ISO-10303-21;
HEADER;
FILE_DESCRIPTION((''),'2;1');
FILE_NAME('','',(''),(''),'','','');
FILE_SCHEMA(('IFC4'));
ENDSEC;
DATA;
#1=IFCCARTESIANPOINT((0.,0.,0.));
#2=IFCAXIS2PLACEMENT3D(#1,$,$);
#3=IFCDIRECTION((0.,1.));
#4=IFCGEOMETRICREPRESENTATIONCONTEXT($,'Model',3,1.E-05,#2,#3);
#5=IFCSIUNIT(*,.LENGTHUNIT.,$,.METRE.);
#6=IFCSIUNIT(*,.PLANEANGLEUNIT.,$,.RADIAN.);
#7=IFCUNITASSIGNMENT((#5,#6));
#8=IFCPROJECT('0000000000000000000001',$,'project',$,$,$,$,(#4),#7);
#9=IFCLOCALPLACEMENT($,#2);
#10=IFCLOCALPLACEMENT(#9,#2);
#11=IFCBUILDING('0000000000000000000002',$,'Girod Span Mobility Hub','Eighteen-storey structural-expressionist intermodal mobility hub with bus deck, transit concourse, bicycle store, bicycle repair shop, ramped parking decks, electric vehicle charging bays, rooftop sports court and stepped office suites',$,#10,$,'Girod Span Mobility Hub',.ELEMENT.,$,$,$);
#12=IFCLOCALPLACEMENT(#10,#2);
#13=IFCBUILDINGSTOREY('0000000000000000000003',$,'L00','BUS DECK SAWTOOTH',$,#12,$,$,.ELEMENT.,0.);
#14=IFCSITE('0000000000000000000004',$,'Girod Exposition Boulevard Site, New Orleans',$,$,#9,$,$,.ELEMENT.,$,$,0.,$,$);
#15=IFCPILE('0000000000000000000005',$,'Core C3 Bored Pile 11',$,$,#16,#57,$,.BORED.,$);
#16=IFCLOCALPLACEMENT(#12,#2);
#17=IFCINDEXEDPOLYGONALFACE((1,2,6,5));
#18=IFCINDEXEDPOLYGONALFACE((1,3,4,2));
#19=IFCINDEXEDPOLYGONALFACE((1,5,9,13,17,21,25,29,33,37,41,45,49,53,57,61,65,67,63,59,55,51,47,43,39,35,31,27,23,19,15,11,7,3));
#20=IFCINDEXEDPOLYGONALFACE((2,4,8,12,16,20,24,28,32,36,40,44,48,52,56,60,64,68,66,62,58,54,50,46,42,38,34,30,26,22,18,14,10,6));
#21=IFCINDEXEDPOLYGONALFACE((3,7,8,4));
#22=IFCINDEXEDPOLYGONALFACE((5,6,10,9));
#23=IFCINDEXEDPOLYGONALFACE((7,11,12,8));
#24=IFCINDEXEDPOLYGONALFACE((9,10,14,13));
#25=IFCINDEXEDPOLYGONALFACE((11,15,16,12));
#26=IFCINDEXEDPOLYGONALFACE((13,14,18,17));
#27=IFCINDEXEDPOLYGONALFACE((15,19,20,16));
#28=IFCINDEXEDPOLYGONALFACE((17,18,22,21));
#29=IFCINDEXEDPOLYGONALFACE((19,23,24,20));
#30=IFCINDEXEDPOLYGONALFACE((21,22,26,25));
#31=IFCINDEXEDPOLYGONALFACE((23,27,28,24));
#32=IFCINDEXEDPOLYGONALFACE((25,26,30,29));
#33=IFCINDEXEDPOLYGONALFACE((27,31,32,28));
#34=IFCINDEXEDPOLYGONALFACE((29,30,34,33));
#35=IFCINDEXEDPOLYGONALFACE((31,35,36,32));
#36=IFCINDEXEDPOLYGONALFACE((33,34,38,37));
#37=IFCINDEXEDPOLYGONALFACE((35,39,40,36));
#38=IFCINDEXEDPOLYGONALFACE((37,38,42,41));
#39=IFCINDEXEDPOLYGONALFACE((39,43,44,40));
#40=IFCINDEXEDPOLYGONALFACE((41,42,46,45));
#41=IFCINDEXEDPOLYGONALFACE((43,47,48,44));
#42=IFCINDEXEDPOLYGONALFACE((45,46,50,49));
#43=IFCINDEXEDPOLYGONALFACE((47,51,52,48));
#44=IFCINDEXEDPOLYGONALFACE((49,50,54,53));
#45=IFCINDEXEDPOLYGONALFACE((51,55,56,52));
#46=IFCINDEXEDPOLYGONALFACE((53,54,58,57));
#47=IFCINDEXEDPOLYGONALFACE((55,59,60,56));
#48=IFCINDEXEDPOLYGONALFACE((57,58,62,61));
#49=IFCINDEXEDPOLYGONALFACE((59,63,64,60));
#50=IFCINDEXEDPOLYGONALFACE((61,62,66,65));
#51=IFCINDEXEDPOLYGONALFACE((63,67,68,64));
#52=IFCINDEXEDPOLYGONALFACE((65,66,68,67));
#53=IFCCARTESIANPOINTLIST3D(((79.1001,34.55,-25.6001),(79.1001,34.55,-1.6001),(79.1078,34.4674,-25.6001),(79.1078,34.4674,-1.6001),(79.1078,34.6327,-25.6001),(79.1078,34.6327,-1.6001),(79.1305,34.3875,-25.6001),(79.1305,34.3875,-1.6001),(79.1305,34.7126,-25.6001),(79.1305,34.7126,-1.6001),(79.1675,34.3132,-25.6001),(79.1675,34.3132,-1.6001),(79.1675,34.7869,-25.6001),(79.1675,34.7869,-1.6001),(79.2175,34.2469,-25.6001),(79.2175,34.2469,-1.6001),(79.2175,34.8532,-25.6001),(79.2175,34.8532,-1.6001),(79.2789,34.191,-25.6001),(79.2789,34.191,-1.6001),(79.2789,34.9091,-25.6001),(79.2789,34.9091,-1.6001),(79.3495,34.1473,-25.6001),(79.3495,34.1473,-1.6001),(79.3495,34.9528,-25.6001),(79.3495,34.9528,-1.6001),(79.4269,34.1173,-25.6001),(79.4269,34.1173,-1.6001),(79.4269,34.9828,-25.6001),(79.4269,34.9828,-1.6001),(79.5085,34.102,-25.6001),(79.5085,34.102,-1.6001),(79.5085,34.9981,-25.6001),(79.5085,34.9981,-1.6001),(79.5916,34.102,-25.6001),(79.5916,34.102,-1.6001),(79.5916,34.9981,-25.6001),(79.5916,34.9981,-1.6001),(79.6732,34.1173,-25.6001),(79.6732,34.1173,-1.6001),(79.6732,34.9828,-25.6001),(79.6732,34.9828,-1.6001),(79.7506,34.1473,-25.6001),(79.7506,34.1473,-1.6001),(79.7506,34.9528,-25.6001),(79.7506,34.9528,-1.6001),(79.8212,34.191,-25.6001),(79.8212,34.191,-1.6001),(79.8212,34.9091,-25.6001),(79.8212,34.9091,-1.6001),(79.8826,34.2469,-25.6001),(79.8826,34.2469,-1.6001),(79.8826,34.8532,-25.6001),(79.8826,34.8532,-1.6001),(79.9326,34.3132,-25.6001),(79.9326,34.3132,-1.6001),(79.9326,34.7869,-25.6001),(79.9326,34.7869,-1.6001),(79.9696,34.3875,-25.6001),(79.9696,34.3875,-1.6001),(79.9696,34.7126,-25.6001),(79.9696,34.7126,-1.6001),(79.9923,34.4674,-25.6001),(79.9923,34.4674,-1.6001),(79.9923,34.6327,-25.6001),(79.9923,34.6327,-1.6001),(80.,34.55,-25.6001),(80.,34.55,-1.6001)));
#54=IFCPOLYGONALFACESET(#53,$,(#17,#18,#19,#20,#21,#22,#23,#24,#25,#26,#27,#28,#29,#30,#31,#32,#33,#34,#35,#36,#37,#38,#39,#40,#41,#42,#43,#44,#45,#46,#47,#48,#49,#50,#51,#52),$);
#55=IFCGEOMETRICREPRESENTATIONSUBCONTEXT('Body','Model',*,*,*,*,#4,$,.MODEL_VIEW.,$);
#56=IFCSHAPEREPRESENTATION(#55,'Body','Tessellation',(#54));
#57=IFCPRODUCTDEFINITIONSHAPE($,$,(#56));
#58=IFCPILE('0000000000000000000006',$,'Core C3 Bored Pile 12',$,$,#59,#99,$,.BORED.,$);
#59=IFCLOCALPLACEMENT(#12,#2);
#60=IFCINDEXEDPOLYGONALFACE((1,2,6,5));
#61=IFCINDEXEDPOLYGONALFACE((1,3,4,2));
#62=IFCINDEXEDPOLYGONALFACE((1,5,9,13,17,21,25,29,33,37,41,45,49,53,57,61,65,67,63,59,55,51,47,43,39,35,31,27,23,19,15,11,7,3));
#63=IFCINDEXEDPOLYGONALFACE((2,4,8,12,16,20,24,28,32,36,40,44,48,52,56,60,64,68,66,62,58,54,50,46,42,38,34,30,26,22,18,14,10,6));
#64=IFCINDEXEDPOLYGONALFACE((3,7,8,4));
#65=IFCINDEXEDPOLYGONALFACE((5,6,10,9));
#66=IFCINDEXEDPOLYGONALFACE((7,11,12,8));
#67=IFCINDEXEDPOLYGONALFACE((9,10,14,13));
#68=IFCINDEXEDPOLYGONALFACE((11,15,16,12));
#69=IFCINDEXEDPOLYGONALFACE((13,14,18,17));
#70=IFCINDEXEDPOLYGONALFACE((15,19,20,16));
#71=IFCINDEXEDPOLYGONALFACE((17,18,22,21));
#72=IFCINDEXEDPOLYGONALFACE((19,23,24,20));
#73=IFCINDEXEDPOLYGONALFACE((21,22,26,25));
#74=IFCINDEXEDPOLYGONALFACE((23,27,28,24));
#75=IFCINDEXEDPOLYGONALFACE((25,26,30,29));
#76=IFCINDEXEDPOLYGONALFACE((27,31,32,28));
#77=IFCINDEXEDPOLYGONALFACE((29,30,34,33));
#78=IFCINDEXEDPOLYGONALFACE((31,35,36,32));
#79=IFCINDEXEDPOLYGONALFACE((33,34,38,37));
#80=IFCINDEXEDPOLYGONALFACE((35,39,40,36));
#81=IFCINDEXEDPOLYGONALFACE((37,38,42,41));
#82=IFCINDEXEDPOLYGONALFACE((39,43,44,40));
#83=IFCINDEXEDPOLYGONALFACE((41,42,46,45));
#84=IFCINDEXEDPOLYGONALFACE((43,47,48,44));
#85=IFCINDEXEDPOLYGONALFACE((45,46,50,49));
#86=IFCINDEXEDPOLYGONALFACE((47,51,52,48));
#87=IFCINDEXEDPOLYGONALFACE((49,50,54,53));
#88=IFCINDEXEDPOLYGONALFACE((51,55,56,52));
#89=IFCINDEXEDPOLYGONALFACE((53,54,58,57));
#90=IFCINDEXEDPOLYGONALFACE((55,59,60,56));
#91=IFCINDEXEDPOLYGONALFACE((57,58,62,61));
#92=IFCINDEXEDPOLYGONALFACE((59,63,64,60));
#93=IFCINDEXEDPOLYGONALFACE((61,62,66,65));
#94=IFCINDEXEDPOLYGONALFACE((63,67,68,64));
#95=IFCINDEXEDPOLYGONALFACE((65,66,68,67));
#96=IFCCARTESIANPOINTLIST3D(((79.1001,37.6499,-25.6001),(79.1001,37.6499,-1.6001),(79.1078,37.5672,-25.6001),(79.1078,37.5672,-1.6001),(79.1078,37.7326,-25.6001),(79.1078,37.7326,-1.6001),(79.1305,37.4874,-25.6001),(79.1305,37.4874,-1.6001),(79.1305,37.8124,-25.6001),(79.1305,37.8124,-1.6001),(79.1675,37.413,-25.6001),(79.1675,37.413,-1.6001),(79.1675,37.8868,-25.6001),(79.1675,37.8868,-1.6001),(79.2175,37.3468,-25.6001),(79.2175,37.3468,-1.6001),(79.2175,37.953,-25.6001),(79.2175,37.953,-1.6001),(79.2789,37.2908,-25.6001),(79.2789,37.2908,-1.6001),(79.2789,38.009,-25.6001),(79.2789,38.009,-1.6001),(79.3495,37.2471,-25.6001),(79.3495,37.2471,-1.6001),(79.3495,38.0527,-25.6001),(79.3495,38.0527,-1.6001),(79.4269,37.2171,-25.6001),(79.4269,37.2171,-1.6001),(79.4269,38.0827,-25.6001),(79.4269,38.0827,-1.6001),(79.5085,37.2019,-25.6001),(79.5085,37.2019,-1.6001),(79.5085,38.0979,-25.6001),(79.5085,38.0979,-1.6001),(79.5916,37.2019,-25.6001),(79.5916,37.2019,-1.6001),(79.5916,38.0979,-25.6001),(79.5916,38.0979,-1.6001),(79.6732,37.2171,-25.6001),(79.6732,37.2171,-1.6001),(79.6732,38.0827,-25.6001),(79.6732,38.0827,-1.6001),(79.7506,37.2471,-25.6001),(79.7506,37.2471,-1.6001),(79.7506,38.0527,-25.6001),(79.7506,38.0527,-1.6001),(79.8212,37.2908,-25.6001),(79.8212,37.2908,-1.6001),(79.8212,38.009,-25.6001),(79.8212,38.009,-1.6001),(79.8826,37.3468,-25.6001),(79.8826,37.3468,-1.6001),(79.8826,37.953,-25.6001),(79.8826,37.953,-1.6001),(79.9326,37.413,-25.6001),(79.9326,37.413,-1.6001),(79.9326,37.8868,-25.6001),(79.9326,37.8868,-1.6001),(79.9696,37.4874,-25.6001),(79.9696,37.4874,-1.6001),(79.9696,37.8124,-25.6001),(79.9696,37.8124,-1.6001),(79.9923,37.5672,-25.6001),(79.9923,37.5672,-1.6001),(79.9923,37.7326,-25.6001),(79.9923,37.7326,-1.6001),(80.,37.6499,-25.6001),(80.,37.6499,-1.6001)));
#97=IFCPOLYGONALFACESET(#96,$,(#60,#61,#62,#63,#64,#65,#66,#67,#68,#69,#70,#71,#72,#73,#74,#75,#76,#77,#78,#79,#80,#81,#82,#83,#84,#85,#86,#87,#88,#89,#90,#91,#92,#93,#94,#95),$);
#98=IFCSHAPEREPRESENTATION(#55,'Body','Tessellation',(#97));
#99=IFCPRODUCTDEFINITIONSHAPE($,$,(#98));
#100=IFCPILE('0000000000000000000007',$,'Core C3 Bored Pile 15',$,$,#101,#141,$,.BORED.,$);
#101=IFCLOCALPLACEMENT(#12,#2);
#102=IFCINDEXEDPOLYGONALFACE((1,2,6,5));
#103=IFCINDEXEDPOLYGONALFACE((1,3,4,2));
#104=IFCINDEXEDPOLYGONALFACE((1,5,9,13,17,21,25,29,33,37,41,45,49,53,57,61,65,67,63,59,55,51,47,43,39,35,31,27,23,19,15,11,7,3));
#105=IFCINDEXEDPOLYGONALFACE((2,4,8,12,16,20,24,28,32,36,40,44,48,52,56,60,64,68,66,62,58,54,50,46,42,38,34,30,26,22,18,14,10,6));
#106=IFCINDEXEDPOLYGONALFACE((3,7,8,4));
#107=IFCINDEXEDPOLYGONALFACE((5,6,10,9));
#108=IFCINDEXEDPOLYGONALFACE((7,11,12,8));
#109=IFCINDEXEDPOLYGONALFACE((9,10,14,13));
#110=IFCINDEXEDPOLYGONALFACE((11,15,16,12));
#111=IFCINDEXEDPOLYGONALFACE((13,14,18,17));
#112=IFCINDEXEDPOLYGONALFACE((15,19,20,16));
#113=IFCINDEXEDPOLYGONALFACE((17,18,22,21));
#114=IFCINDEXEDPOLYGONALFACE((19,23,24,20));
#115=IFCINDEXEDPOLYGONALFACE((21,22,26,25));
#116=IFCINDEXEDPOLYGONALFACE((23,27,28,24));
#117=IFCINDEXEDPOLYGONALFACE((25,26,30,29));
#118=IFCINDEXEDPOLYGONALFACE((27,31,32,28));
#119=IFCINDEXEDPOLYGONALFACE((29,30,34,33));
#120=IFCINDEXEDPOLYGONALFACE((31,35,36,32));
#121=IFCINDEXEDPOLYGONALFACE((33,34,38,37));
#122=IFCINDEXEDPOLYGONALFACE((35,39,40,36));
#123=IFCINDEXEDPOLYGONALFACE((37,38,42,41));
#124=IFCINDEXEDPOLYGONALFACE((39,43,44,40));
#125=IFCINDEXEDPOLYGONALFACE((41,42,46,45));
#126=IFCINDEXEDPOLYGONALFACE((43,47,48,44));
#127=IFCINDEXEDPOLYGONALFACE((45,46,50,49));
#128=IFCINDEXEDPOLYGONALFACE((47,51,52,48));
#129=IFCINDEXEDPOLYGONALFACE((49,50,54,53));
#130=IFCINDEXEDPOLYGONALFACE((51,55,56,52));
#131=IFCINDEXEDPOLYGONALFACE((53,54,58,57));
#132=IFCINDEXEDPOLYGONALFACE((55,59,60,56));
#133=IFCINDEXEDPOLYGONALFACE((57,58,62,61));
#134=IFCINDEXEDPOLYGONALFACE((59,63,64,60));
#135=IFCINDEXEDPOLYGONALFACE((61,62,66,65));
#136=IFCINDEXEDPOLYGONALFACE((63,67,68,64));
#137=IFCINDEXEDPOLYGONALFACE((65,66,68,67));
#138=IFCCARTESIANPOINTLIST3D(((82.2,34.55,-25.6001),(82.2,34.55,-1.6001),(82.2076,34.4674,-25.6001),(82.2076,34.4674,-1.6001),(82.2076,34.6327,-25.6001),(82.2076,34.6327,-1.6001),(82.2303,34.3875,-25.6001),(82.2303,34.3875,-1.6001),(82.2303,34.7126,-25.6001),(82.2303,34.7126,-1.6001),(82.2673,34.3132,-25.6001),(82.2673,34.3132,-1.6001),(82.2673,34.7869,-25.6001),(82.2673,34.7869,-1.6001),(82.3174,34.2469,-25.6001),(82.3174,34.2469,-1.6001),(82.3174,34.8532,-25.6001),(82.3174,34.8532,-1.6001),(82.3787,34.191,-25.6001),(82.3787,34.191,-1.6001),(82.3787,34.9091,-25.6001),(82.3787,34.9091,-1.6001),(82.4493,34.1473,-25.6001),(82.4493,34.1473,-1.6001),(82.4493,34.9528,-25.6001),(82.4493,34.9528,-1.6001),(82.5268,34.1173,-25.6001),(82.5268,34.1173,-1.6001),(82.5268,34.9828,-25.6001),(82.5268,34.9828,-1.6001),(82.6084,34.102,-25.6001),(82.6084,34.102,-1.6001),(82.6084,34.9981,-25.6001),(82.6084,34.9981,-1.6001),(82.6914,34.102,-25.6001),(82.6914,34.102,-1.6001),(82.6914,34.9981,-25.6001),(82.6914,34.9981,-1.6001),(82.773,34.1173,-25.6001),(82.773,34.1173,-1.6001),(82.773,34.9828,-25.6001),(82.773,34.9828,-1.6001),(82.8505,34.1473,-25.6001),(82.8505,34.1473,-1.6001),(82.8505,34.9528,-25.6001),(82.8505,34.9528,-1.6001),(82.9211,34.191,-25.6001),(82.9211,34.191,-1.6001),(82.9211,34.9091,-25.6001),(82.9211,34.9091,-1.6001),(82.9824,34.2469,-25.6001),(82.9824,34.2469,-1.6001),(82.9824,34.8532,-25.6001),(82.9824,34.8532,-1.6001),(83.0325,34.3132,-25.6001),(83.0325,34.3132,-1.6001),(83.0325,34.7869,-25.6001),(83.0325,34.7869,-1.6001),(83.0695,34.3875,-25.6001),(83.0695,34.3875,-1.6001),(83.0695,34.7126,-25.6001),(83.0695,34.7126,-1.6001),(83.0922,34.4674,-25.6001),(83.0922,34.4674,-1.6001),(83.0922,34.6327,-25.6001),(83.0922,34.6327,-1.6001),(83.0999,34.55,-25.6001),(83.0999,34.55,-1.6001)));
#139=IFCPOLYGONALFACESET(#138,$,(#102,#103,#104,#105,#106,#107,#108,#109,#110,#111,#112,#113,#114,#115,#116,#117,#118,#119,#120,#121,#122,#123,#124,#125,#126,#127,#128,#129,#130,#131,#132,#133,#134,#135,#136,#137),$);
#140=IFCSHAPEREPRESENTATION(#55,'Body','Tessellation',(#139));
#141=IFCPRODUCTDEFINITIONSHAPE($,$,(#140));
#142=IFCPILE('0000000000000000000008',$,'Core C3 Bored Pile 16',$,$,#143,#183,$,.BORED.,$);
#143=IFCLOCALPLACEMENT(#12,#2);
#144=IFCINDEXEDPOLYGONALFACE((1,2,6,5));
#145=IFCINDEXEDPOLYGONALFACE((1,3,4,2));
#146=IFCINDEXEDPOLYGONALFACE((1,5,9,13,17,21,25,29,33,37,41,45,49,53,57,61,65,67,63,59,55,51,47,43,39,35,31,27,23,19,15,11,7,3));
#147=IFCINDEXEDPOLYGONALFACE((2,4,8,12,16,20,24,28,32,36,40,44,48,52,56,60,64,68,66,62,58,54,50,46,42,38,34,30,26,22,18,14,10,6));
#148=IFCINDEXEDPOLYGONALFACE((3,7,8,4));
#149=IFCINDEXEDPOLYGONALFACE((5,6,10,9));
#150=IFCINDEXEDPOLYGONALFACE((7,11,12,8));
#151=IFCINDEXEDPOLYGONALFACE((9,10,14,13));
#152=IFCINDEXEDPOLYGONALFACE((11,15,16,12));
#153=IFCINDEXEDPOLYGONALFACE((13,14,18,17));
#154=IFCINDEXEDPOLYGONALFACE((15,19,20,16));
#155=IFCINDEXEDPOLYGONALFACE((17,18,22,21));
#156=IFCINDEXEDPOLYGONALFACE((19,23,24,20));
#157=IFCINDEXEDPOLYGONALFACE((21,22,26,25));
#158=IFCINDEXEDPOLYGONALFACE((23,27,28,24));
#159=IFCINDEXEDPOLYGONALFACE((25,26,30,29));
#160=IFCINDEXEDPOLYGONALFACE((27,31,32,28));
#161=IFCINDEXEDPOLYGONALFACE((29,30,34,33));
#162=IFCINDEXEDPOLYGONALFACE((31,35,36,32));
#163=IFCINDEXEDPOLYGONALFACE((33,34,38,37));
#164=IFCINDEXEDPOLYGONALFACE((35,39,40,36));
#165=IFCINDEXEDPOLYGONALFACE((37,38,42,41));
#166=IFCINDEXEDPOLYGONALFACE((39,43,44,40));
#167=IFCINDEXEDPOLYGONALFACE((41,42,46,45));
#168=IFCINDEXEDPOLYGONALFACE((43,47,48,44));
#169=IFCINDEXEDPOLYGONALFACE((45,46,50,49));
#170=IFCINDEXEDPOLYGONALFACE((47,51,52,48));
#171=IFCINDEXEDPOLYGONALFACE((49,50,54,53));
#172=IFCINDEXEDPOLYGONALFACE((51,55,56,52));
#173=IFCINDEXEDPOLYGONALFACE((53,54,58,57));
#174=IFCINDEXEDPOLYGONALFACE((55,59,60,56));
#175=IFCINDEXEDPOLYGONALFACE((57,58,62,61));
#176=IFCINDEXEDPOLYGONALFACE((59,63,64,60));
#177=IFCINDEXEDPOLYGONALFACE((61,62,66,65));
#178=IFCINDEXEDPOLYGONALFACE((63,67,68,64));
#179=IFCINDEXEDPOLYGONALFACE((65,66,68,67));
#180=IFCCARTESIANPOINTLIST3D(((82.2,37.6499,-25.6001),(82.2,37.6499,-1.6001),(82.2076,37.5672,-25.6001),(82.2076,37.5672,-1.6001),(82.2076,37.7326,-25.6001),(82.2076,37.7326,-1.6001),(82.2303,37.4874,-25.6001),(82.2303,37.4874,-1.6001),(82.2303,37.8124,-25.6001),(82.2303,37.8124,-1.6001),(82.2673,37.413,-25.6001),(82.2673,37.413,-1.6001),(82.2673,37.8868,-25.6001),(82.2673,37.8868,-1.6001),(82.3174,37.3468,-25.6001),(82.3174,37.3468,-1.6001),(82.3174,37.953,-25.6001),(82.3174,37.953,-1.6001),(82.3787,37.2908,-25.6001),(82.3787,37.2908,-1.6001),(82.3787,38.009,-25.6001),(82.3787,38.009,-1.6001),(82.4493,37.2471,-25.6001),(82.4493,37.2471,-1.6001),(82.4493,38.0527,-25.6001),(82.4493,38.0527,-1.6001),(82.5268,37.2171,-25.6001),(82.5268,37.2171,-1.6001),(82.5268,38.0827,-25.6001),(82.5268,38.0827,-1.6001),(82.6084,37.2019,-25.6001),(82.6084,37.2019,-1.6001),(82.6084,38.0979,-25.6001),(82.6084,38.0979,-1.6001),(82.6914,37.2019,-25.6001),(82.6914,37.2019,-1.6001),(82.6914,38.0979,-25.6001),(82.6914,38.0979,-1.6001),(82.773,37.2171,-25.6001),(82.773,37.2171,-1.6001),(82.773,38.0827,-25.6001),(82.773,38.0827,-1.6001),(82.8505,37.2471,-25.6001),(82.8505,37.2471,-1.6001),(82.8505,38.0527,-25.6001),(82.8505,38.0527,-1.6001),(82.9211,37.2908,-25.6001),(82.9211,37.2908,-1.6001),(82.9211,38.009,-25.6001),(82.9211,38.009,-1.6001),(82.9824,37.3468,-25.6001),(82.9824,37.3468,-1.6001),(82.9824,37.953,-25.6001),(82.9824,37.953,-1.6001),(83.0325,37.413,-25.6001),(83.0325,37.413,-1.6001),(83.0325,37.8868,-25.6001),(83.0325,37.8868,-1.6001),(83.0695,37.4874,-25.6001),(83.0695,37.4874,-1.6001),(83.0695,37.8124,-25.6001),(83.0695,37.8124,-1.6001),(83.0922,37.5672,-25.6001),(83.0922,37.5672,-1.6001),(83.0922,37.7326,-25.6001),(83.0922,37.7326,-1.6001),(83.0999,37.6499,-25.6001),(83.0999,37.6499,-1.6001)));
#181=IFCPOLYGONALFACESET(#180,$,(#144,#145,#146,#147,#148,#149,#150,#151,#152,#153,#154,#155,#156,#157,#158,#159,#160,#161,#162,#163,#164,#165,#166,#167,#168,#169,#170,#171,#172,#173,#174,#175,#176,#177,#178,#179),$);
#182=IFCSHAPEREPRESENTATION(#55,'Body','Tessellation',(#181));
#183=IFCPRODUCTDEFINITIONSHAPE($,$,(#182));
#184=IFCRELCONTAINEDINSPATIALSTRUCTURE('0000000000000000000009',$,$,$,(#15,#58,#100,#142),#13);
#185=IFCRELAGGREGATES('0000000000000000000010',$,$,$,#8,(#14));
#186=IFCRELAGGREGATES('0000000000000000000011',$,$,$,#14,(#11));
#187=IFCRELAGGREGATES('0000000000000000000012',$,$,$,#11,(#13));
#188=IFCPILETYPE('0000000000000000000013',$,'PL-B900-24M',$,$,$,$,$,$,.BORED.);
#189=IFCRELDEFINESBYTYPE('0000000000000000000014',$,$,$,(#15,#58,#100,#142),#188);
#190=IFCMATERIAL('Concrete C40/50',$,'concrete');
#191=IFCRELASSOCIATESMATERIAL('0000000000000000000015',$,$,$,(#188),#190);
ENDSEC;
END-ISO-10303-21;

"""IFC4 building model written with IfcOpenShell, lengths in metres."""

from ifc_helpers import new_model, si_unit, direction, frame, origin, origin_2d, place, context, subcontext, project, spatial, circle, extrude, material, material_profile, profile_set, type_object, element, save


model = new_model("IFC4")

# Units and contexts
model_context = context("Model", 3, precision=1e-05, world=origin(), true_north=direction((0.0, 1.0)))
body_context = subcontext(model_context, "Body", "Model", "MODEL_VIEW")
ifc_project = project(units=[si_unit("LENGTHUNIT", "METRE"), si_unit("PLANEANGLEUNIT", "RADIAN")], contexts=[model_context])

# Site, building, storey
site_placement = place(None, origin())
site = spatial("IfcSite", under=ifc_project, at=site_placement, Name="Girod Exposition Boulevard Site, New Orleans", CompositionType="ELEMENT", RefElevation=0.0)
building_placement = place(site_placement, origin())
building = spatial("IfcBuilding", under=site, at=building_placement, Name="Girod Span Mobility Hub", Description="Eighteen-storey structural-expressionist intermodal mobility hub with bus deck, transit concourse, bicycle store, bicycle repair shop, ramped parking decks, electric vehicle charging bays, rooftop sports court and stepped office suites", LongName="Girod Span Mobility Hub", CompositionType="ELEMENT")
storey_placement = place(building_placement, origin())
storey = spatial("IfcBuildingStorey", under=building, at=storey_placement, Name="L00", Description="BUS DECK SAWTOOTH", CompositionType="ELEMENT", Elevation=0.0)

# Piles
ifc_material_1 = material(Name="Concrete C40/50", Category="concrete")
ifc_material_profile_1 = material_profile(ifc_material_1, circle(Radius=0.45, at=origin_2d()), Name="PILE-D900")
ifc_profile_set_1 = profile_set([ifc_material_profile_1], Name="Concrete C40/50")
pile_type_1 = type_object("IfcPileType", Name="PL-B900-24M", PredefinedType="BORED", material=ifc_profile_set_1)
for number, where, z_axis, x_axis, name in (
    (1, (79.55, 34.55, -1.6001), (0.0, 0.0, -1.0), (1.0, 0.0, 0.0), "Core C3 Bored Pile 11"),
    (2, (79.55, 37.6499, -1.6001), (0.0, 0.0, -1.0), (1.0, 0.0, 0.0), "Core C3 Bored Pile 12"),
    (3, (82.6499, 34.55, -1.6001), (0.0, 0.0, -1.0), (1.0, 0.0, 0.0), "Core C3 Bored Pile 15"),
    (4, (82.6499, 37.6499, -1.6001), (0.0, 0.0, -1.0), (1.0, 0.0, 0.0), "Core C3 Bored Pile 16"),
):
    element("IfcPile", number, at=place(storey_placement, frame(where, z_axis=z_axis, x_axis=x_axis)), inside=storey, type_object=pile_type_1, Name=name, PredefinedType="BORED", context=body_context, shape_type="SweptSolid", body=[
        extrude(circle(Radius=0.45, at=origin_2d()), origin(), (0.0, 0.0, 1.0), 24.0),
    ])

save(model, "model.ifc")
